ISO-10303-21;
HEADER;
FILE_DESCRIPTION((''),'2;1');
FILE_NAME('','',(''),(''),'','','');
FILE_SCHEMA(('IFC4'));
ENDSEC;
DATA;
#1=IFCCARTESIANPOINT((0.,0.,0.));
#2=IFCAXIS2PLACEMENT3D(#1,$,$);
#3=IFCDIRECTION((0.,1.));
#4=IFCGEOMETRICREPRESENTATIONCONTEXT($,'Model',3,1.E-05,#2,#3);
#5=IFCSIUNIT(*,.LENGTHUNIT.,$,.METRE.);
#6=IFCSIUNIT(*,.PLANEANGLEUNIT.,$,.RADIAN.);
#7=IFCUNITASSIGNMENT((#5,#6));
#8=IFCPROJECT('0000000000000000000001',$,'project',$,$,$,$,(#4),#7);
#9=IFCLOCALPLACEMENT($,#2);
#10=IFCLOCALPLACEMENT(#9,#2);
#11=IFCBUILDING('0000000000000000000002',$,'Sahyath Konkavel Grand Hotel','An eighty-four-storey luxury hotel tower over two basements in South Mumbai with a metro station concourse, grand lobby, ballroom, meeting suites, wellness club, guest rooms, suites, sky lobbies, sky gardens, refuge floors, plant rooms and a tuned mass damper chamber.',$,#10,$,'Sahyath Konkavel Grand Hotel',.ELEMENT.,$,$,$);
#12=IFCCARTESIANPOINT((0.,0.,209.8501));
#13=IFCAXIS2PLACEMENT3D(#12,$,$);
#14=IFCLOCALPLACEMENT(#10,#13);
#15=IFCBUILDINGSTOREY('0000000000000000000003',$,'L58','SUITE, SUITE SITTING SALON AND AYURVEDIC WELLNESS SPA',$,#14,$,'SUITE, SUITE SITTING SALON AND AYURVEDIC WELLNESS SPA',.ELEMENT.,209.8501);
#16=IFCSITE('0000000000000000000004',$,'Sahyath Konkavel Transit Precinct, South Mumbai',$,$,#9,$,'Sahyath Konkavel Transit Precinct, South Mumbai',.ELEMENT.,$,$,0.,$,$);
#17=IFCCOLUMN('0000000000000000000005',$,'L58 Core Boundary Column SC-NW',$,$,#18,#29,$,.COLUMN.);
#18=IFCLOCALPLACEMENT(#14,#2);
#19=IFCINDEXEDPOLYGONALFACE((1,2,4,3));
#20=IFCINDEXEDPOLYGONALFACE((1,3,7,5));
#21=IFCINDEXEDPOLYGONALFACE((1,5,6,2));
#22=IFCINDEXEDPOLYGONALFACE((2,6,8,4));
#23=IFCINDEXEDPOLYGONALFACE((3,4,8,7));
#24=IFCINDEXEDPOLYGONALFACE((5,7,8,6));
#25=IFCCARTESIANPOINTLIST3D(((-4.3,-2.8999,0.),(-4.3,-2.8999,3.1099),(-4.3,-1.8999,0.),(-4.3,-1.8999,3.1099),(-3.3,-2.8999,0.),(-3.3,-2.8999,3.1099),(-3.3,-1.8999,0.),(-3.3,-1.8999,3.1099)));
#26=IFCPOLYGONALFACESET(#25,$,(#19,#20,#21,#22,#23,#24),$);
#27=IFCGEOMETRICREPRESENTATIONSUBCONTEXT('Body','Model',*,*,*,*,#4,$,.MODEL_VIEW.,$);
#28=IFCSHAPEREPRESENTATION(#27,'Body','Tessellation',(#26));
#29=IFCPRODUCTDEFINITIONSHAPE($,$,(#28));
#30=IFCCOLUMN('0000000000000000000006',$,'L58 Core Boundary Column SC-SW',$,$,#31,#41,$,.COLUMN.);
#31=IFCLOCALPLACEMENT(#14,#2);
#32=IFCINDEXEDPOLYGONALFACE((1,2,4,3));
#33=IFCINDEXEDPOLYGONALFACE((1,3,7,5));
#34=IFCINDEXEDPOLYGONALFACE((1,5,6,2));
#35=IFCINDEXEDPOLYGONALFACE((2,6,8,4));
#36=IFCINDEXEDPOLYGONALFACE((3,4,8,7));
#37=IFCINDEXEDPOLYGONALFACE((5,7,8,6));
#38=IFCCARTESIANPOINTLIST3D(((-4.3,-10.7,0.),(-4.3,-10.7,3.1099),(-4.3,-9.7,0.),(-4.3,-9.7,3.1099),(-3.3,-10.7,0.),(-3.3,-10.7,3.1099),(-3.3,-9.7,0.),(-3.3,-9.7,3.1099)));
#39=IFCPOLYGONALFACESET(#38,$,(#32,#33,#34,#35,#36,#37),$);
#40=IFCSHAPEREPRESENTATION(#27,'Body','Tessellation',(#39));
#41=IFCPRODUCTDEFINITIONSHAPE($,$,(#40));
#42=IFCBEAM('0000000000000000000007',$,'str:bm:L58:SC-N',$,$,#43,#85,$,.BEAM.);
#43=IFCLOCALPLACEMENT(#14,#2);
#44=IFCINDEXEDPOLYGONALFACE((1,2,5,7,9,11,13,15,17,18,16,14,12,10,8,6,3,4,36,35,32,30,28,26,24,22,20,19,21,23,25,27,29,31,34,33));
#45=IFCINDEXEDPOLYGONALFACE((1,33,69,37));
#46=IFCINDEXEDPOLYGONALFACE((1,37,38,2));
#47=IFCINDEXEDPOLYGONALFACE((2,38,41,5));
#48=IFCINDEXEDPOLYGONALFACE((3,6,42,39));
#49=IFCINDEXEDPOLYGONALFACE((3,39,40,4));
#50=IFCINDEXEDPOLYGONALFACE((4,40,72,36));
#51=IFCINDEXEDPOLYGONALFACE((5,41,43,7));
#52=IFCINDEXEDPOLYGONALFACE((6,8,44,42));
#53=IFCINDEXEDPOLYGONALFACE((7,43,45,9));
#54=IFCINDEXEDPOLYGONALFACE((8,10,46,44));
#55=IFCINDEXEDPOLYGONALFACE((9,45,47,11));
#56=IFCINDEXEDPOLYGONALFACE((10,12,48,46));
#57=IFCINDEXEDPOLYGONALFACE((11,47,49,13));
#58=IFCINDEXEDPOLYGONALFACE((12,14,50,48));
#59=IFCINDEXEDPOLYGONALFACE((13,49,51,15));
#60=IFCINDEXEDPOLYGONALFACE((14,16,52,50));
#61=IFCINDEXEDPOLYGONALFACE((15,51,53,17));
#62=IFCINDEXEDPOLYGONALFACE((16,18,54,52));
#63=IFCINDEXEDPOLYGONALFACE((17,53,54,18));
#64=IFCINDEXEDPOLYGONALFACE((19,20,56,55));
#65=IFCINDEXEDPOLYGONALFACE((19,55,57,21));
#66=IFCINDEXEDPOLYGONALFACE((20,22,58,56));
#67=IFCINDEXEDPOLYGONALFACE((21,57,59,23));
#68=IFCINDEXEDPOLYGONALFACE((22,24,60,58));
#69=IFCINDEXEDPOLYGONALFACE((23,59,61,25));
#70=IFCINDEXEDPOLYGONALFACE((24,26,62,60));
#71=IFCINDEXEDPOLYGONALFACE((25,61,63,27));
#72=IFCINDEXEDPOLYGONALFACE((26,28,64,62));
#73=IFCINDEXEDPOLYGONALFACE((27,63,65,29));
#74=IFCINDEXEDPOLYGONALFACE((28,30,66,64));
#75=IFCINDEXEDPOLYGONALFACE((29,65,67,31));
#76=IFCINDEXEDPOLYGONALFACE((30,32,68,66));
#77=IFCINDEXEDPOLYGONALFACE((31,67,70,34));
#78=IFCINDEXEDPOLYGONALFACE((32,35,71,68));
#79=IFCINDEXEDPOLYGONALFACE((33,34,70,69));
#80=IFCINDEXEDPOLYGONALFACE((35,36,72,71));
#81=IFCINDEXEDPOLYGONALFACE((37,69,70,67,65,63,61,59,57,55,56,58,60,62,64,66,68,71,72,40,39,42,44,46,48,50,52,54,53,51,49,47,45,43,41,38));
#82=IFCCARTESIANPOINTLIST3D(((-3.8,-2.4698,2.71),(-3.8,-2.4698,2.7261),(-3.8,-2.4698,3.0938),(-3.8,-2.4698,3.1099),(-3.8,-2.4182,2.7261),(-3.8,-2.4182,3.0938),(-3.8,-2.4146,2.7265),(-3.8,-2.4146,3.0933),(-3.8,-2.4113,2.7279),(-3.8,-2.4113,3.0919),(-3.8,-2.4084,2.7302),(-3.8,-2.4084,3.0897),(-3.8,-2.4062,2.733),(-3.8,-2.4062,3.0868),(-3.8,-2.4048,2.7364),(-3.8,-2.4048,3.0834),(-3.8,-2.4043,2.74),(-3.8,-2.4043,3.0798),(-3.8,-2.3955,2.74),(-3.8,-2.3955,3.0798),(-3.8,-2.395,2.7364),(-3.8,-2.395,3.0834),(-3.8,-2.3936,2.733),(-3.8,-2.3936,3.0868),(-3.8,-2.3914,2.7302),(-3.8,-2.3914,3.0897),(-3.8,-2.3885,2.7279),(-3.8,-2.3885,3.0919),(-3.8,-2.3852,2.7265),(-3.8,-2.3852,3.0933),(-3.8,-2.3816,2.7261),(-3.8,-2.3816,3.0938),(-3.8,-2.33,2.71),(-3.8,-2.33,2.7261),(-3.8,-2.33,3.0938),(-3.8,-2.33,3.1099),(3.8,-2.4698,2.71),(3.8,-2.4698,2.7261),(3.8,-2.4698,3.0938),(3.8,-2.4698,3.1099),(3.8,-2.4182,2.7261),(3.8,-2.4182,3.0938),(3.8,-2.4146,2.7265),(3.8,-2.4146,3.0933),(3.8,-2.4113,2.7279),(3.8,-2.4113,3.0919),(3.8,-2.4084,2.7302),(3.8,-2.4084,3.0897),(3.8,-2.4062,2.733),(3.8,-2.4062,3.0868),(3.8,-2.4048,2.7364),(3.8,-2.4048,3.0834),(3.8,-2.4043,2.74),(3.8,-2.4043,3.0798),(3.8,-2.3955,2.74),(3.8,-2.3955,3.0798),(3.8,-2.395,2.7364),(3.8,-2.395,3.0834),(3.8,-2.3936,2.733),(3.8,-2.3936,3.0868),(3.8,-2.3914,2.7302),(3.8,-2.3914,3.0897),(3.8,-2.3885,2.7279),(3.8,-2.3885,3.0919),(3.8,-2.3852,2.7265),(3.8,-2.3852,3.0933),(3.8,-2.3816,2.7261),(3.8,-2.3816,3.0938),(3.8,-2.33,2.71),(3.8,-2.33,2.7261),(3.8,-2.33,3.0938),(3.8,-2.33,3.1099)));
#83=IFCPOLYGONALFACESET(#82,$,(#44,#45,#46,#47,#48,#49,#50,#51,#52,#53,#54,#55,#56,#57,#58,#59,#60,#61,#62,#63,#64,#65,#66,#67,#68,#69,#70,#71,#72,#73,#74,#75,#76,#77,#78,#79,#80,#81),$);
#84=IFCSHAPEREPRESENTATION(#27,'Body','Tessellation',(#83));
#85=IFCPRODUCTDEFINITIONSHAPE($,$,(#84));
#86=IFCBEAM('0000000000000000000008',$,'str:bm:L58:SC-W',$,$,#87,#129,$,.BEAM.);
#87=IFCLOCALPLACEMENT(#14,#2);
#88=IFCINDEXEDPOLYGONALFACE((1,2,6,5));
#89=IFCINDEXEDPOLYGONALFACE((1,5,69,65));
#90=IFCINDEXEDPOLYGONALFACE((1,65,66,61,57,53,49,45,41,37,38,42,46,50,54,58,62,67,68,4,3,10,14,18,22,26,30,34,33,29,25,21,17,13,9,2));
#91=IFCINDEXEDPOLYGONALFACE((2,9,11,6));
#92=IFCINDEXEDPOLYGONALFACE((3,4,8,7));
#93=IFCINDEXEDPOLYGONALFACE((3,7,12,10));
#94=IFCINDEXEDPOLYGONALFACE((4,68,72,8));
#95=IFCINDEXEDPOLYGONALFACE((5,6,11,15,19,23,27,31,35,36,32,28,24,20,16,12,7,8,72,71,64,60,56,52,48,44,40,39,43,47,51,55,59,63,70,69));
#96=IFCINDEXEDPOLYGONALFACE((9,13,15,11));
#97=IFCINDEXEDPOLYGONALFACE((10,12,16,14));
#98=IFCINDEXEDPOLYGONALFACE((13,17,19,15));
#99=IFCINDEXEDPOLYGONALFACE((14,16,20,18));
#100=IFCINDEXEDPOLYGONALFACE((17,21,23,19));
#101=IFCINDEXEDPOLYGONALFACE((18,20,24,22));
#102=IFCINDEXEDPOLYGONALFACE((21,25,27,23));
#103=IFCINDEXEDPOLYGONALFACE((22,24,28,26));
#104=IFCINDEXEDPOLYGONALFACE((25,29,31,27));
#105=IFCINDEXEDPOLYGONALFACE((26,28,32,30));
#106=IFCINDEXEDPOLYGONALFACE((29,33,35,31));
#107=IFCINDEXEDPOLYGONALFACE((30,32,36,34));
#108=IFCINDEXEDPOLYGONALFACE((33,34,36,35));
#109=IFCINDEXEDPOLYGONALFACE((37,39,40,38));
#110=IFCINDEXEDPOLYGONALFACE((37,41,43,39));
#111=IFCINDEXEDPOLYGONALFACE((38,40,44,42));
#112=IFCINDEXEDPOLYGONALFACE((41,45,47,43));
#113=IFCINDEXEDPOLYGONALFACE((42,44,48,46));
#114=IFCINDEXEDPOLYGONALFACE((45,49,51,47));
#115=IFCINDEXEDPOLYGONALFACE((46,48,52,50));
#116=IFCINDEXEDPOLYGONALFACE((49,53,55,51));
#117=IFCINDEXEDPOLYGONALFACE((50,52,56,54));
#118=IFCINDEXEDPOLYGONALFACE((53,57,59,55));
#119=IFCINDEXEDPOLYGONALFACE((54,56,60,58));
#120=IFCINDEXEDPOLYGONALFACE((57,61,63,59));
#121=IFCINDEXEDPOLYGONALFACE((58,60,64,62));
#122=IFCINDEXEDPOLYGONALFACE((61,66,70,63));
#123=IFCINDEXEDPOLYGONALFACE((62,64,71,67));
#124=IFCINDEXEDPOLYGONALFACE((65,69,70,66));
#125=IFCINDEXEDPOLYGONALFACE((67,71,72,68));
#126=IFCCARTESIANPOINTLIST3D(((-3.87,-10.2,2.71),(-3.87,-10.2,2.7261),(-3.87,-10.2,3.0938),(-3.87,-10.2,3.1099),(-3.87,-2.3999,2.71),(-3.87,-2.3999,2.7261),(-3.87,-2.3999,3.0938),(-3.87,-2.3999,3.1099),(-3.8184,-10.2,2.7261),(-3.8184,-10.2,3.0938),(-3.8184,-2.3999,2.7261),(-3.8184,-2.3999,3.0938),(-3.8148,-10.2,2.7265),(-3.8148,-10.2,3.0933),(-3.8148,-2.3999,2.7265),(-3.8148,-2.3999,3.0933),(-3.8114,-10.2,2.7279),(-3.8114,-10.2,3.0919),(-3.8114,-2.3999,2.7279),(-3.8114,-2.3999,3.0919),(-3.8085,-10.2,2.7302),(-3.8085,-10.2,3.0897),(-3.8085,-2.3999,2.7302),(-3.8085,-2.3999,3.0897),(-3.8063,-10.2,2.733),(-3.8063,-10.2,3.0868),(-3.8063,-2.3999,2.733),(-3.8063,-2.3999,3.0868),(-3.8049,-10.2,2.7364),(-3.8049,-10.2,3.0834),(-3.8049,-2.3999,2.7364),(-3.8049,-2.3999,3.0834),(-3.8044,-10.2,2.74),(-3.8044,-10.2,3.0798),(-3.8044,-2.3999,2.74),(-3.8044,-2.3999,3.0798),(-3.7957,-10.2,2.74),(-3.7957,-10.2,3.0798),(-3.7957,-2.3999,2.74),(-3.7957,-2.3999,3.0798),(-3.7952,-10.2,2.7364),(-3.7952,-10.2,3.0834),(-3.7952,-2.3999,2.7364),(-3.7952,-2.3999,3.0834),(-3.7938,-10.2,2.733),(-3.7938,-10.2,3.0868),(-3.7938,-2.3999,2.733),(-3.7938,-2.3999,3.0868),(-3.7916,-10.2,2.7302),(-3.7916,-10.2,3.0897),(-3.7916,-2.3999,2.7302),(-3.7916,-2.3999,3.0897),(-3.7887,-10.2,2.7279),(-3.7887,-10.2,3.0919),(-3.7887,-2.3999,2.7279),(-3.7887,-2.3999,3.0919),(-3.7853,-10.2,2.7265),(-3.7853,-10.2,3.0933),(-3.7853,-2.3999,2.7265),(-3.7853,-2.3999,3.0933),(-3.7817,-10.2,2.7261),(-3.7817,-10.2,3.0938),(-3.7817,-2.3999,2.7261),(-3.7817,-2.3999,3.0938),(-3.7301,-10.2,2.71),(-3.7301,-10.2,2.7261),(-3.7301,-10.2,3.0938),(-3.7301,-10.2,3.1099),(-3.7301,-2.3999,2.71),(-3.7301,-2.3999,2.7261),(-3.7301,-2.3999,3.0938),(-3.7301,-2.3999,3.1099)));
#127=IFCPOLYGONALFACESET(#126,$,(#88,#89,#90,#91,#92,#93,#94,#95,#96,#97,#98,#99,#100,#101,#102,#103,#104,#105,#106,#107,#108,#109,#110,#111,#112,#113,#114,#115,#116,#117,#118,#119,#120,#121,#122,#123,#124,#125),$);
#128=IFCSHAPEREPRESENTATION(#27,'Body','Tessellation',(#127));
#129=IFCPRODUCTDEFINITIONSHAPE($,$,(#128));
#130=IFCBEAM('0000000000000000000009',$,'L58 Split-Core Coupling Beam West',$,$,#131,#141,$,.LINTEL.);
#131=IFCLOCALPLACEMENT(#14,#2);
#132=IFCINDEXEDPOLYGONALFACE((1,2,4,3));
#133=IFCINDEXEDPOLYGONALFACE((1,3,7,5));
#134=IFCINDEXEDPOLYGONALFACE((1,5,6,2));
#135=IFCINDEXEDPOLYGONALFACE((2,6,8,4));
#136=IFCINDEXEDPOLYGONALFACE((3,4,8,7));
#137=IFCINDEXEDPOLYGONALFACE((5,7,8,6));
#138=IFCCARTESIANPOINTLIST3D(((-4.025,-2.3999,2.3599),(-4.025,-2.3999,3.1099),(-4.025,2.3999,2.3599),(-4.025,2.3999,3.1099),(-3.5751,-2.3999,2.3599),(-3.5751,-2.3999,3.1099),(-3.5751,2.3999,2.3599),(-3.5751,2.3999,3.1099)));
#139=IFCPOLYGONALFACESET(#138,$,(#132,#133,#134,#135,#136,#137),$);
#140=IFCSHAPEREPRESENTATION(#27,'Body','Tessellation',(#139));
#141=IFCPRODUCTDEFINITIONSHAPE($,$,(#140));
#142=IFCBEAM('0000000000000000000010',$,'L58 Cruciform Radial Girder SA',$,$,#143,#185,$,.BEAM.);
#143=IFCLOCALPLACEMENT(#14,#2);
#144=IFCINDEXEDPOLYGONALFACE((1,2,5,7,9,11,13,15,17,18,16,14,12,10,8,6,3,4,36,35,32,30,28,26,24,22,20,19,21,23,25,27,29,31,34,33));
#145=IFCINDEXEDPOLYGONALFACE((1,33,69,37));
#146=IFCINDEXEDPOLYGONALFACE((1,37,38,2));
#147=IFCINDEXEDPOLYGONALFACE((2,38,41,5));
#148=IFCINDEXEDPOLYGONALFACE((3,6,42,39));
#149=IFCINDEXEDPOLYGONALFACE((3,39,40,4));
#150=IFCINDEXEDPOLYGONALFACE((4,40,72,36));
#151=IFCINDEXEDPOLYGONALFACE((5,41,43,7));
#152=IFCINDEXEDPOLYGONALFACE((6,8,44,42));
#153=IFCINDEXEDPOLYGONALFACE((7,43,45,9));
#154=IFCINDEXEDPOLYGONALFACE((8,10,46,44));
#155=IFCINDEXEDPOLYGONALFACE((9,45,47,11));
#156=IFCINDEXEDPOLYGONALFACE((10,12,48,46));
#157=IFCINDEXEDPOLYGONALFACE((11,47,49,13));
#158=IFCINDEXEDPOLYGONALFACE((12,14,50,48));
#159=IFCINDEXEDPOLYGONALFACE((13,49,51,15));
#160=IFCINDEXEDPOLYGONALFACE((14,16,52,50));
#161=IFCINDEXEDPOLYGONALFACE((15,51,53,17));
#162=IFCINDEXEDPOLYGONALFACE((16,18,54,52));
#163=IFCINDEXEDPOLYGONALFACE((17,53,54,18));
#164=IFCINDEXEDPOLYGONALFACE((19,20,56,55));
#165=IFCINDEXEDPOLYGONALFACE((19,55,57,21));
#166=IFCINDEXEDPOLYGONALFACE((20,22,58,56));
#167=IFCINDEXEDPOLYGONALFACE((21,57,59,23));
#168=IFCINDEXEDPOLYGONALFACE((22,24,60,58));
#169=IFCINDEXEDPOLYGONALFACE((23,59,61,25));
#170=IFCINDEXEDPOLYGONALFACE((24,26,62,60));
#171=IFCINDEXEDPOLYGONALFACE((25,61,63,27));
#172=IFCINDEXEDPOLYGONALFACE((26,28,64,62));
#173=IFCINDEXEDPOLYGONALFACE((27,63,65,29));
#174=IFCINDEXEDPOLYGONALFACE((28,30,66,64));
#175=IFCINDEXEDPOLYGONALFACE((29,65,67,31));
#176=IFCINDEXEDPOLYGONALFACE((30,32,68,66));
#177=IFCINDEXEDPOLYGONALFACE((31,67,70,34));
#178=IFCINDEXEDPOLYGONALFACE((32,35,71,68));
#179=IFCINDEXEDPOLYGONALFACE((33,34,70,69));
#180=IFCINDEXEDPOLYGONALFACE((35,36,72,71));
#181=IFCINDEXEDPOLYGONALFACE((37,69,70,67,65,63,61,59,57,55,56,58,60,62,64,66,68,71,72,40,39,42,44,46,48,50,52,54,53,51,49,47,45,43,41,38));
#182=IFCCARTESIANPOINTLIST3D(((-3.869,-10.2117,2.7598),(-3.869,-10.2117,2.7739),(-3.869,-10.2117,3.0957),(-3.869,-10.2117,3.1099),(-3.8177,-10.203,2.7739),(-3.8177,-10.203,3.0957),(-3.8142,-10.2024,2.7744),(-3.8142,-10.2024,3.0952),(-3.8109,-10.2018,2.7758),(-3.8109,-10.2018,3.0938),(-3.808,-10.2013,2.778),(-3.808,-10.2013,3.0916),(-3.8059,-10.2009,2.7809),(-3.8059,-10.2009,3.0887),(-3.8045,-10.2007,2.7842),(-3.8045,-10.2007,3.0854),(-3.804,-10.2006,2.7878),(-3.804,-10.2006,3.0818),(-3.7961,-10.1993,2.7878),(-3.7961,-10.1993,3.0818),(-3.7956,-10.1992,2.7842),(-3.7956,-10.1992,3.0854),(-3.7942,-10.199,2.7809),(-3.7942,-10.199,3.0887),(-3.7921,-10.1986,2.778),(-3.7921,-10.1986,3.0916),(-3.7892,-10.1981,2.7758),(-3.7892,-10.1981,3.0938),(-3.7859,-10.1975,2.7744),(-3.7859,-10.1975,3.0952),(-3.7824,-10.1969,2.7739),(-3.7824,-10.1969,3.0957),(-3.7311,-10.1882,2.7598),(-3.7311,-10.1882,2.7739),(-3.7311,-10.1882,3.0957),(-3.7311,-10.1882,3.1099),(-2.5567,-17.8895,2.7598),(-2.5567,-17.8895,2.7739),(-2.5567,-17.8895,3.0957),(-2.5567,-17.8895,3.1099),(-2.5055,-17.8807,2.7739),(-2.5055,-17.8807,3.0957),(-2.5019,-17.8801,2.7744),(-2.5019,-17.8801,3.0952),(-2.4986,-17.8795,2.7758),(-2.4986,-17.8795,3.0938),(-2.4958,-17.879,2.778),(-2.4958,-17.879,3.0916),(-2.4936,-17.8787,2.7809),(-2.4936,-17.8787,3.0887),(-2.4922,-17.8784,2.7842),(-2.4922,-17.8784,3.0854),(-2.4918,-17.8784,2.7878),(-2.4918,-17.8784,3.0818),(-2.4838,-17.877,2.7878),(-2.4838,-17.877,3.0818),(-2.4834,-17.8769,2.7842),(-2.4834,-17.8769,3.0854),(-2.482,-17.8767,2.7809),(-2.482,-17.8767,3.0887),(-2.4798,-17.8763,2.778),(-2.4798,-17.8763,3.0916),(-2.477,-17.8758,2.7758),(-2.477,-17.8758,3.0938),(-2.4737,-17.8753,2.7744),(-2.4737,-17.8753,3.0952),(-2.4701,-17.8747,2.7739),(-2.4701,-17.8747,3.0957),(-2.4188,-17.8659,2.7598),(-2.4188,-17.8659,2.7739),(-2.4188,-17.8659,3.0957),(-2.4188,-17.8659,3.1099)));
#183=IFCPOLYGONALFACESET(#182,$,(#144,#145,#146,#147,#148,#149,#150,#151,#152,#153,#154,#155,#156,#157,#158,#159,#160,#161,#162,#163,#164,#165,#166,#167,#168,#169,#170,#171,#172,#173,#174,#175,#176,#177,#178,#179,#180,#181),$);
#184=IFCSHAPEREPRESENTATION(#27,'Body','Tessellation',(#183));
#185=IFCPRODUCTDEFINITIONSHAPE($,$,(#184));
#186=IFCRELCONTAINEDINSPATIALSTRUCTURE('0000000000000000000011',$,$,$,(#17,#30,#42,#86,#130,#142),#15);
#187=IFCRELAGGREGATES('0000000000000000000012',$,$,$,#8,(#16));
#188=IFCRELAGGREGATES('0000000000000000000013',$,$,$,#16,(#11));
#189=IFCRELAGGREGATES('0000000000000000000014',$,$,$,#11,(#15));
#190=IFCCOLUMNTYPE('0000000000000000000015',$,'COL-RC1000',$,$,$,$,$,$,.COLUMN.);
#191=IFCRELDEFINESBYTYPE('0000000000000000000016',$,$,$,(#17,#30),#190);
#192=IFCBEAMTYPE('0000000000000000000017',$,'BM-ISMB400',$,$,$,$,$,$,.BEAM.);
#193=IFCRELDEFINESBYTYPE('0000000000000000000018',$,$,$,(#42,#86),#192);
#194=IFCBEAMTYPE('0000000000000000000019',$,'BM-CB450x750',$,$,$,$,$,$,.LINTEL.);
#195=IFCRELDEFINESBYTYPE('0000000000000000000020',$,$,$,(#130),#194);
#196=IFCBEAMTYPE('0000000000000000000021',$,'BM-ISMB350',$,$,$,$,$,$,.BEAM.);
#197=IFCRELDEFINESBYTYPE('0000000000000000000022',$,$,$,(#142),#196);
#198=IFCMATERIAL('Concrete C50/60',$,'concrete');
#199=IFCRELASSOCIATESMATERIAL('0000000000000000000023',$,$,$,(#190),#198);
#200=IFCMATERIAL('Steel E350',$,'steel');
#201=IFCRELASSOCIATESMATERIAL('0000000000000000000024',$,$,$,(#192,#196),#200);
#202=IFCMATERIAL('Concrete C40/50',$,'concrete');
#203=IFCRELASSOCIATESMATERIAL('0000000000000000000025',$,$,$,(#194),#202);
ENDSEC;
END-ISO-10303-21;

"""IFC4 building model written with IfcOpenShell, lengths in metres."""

from ifc_helpers import new_model, si_unit, direction, frame, origin, origin_2d, place, context, subcontext, project, spatial, rectangle, i_section, extrude, source, transform, mapped, material, material_profile, profile_set, type_object, element, save


model = new_model("IFC4")

# Units and contexts
model_context = context("Model", 3, precision=1e-05, world=origin(), true_north=direction((0.0, 1.0)))
body_context = subcontext(model_context, "Body", "Model", "MODEL_VIEW")
ifc_project = project(units=[si_unit("LENGTHUNIT", "METRE"), si_unit("PLANEANGLEUNIT", "RADIAN")], contexts=[model_context])

# Site, building, storey
site_placement = place(None, origin())
site = spatial("IfcSite", under=ifc_project, at=site_placement, Name="Sahyath Konkavel Transit Precinct, South Mumbai", LongName="Sahyath Konkavel Transit Precinct, South Mumbai", CompositionType="ELEMENT", RefElevation=0.0)
building_placement = place(site_placement, origin())
building = spatial("IfcBuilding", under=site, at=building_placement, Name="Sahyath Konkavel Grand Hotel", Description="An eighty-four-storey luxury hotel tower over two basements in South Mumbai with a metro station concourse, grand lobby, ballroom, meeting suites, wellness club, guest rooms, suites, sky lobbies, sky gardens, refuge floors, plant rooms and a tuned mass damper chamber.", LongName="Sahyath Konkavel Grand Hotel", CompositionType="ELEMENT")
storey_placement = place(building_placement, frame((0.0, 0.0, 209.8501)))
storey = spatial("IfcBuildingStorey", under=building, at=storey_placement, Name="L58", Description="SUITE, SUITE SITTING SALON AND AYURVEDIC WELLNESS SPA", LongName="SUITE, SUITE SITTING SALON AND AYURVEDIC WELLNESS SPA", CompositionType="ELEMENT", Elevation=209.8501)

# Columns
ifc_material_1 = material(Name="Concrete C50/60", Category="concrete")
ifc_material_profile_1 = material_profile(ifc_material_1, rectangle(XDim=1.0, YDim=1.0, at=origin_2d()), Name="RC 1000x1000")
ifc_profile_set_1 = profile_set([ifc_material_profile_1], Name="Concrete C50/60")
column_type = type_object("IfcColumnType", Name="COL-RC1000", PredefinedType="COLUMN", material=ifc_profile_set_1)
shared_shape_1 = source(origin(), body_context, "Body", "SweptSolid", [
    extrude(rectangle(XDim=1.0, YDim=1.0, at=origin_2d()), origin(), (0.0, 0.0, 1.0), 3.1099),
])
for number, where, z_axis, x_axis, name in (
    (1, (-3.8, -2.3999, 0.0), (0.0, 0.0, 1.0), (1.0, 0.0, 0.0), "L58 Core Boundary Column SC-NW"),
    (2, (-3.8, -10.2, 0.0), (0.0, 0.0, 1.0), (1.0, 0.0, 0.0), "L58 Core Boundary Column SC-SW"),
):
    element("IfcColumn", number, at=place(storey_placement, frame(where, z_axis=z_axis, x_axis=x_axis)), inside=storey, type_object=column_type, Name=name, PredefinedType="COLUMN", context=body_context, shape_type="MappedRepresentation", body=[
        mapped(shared_shape_1, transform((0.0, 0.0, 0.0), scale=1.0)),
    ])

# Beams
ifc_material_2 = material(Name="Steel E350", Category="steel")
ifc_material_profile_2 = material_profile(ifc_material_2, i_section(OverallWidth=0.1399, OverallDepth=0.3999, WebThickness=0.0088, FlangeThickness=0.0161, FilletRadius=0.0139, at=origin_2d()), Name="ISMB 400")
ifc_profile_set_2 = profile_set([ifc_material_profile_2], Name="Steel E350")
beam_type_1 = type_object("IfcBeamType", Name="BM-ISMB400", PredefinedType="BEAM", material=ifc_profile_set_2)
shared_shape_2 = source(origin(), body_context, "Body", "SweptSolid", [
    extrude(i_section(OverallWidth=0.1399, OverallDepth=0.3999, WebThickness=0.0088, FlangeThickness=0.0161, FilletRadius=0.0139, at=origin_2d()), origin(), (0.0, 0.0, 1.0), 7.6001),
])
beam_1_placement = place(storey_placement, frame((-3.8, -2.3999, 2.9099), z_axis=(1.0, 0.0, 0.0), x_axis=(0.0, 1.0, 0.0)))
element("IfcBeam", 3, at=beam_1_placement, inside=storey, type_object=beam_type_1, Name="str:bm:L58:SC-N", PredefinedType="BEAM", context=body_context, shape_type="MappedRepresentation", body=[
    mapped(shared_shape_2, transform((0.0, 0.0, 0.0), scale=1.0)),
])
shared_shape_3 = source(origin(), body_context, "Body", "SweptSolid", [
    extrude(i_section(OverallWidth=0.1399, OverallDepth=0.3999, WebThickness=0.0088, FlangeThickness=0.0161, FilletRadius=0.0139, at=origin_2d()), origin(), (0.0, 0.0, 1.0), 7.8),
])
beam_2_placement = place(storey_placement, frame((-3.8, -10.2, 2.9099), z_axis=(0.0, 1.0, 0.0), x_axis=(-1.0, 0.0, 0.0)))
element("IfcBeam", 4, at=beam_2_placement, inside=storey, type_object=beam_type_1, Name="str:bm:L58:SC-W", PredefinedType="BEAM", context=body_context, shape_type="MappedRepresentation", body=[
    mapped(shared_shape_3, transform((0.0, 0.0, 0.0), scale=1.0)),
])
ifc_material_3 = material(Name="Concrete C40/50", Category="concrete")
ifc_material_profile_3 = material_profile(ifc_material_3, rectangle(XDim=0.45, YDim=0.75, at=origin_2d()), Name="RC 450x750")
ifc_profile_set_3 = profile_set([ifc_material_profile_3], Name="Concrete C40/50")
beam_type_2 = type_object("IfcBeamType", Name="BM-CB450x750", PredefinedType="LINTEL", material=ifc_profile_set_3)
shared_shape_4 = source(origin(), body_context, "Body", "SweptSolid", [
    extrude(rectangle(XDim=0.45, YDim=0.75, at=origin_2d()), origin(), (0.0, 0.0, 1.0), 4.7998),
])
beam_3_placement = place(storey_placement, frame((-3.8, -2.3999, 2.7349), z_axis=(0.0, 1.0, 0.0), x_axis=(-1.0, 0.0, 0.0)))
element("IfcBeam", 5, at=beam_3_placement, inside=storey, type_object=beam_type_2, Name="L58 Split-Core Coupling Beam West", PredefinedType="LINTEL", context=body_context, shape_type="MappedRepresentation", body=[
    mapped(shared_shape_4, transform((0.0, 0.0, 0.0), scale=1.0)),
])
ifc_material_profile_4 = material_profile(ifc_material_2, i_section(OverallWidth=0.1399, OverallDepth=0.3501, WebThickness=0.0081, FlangeThickness=0.0142, FilletRadius=0.0139, at=origin_2d()), Name="ISMB 350")
ifc_profile_set_4 = profile_set([ifc_material_profile_4], Name="Steel E350")
beam_type_3 = type_object("IfcBeamType", Name="BM-ISMB350", PredefinedType="BEAM", material=ifc_profile_set_4)
shared_shape_5 = source(origin(), body_context, "Body", "SweptSolid", [
    extrude(i_section(OverallWidth=0.1399, OverallDepth=0.3501, WebThickness=0.0081, FlangeThickness=0.0142, FilletRadius=0.0139, at=origin_2d()), origin(), (0.0, 0.0, 1.0), 7.7891),
])
beam_4_placement = place(storey_placement, frame((-3.8, -10.2, 2.9348), z_axis=(0.168474, -0.985706, 0.0), x_axis=(0.985706, 0.168474, 0.0)))
element("IfcBeam", 6, at=beam_4_placement, inside=storey, type_object=beam_type_3, Name="L58 Cruciform Radial Girder SA", PredefinedType="BEAM", context=body_context, shape_type="MappedRepresentation", body=[
    mapped(shared_shape_5, transform((0.0, 0.0, 0.0), scale=1.0)),
])

save(model, "model.ifc")
